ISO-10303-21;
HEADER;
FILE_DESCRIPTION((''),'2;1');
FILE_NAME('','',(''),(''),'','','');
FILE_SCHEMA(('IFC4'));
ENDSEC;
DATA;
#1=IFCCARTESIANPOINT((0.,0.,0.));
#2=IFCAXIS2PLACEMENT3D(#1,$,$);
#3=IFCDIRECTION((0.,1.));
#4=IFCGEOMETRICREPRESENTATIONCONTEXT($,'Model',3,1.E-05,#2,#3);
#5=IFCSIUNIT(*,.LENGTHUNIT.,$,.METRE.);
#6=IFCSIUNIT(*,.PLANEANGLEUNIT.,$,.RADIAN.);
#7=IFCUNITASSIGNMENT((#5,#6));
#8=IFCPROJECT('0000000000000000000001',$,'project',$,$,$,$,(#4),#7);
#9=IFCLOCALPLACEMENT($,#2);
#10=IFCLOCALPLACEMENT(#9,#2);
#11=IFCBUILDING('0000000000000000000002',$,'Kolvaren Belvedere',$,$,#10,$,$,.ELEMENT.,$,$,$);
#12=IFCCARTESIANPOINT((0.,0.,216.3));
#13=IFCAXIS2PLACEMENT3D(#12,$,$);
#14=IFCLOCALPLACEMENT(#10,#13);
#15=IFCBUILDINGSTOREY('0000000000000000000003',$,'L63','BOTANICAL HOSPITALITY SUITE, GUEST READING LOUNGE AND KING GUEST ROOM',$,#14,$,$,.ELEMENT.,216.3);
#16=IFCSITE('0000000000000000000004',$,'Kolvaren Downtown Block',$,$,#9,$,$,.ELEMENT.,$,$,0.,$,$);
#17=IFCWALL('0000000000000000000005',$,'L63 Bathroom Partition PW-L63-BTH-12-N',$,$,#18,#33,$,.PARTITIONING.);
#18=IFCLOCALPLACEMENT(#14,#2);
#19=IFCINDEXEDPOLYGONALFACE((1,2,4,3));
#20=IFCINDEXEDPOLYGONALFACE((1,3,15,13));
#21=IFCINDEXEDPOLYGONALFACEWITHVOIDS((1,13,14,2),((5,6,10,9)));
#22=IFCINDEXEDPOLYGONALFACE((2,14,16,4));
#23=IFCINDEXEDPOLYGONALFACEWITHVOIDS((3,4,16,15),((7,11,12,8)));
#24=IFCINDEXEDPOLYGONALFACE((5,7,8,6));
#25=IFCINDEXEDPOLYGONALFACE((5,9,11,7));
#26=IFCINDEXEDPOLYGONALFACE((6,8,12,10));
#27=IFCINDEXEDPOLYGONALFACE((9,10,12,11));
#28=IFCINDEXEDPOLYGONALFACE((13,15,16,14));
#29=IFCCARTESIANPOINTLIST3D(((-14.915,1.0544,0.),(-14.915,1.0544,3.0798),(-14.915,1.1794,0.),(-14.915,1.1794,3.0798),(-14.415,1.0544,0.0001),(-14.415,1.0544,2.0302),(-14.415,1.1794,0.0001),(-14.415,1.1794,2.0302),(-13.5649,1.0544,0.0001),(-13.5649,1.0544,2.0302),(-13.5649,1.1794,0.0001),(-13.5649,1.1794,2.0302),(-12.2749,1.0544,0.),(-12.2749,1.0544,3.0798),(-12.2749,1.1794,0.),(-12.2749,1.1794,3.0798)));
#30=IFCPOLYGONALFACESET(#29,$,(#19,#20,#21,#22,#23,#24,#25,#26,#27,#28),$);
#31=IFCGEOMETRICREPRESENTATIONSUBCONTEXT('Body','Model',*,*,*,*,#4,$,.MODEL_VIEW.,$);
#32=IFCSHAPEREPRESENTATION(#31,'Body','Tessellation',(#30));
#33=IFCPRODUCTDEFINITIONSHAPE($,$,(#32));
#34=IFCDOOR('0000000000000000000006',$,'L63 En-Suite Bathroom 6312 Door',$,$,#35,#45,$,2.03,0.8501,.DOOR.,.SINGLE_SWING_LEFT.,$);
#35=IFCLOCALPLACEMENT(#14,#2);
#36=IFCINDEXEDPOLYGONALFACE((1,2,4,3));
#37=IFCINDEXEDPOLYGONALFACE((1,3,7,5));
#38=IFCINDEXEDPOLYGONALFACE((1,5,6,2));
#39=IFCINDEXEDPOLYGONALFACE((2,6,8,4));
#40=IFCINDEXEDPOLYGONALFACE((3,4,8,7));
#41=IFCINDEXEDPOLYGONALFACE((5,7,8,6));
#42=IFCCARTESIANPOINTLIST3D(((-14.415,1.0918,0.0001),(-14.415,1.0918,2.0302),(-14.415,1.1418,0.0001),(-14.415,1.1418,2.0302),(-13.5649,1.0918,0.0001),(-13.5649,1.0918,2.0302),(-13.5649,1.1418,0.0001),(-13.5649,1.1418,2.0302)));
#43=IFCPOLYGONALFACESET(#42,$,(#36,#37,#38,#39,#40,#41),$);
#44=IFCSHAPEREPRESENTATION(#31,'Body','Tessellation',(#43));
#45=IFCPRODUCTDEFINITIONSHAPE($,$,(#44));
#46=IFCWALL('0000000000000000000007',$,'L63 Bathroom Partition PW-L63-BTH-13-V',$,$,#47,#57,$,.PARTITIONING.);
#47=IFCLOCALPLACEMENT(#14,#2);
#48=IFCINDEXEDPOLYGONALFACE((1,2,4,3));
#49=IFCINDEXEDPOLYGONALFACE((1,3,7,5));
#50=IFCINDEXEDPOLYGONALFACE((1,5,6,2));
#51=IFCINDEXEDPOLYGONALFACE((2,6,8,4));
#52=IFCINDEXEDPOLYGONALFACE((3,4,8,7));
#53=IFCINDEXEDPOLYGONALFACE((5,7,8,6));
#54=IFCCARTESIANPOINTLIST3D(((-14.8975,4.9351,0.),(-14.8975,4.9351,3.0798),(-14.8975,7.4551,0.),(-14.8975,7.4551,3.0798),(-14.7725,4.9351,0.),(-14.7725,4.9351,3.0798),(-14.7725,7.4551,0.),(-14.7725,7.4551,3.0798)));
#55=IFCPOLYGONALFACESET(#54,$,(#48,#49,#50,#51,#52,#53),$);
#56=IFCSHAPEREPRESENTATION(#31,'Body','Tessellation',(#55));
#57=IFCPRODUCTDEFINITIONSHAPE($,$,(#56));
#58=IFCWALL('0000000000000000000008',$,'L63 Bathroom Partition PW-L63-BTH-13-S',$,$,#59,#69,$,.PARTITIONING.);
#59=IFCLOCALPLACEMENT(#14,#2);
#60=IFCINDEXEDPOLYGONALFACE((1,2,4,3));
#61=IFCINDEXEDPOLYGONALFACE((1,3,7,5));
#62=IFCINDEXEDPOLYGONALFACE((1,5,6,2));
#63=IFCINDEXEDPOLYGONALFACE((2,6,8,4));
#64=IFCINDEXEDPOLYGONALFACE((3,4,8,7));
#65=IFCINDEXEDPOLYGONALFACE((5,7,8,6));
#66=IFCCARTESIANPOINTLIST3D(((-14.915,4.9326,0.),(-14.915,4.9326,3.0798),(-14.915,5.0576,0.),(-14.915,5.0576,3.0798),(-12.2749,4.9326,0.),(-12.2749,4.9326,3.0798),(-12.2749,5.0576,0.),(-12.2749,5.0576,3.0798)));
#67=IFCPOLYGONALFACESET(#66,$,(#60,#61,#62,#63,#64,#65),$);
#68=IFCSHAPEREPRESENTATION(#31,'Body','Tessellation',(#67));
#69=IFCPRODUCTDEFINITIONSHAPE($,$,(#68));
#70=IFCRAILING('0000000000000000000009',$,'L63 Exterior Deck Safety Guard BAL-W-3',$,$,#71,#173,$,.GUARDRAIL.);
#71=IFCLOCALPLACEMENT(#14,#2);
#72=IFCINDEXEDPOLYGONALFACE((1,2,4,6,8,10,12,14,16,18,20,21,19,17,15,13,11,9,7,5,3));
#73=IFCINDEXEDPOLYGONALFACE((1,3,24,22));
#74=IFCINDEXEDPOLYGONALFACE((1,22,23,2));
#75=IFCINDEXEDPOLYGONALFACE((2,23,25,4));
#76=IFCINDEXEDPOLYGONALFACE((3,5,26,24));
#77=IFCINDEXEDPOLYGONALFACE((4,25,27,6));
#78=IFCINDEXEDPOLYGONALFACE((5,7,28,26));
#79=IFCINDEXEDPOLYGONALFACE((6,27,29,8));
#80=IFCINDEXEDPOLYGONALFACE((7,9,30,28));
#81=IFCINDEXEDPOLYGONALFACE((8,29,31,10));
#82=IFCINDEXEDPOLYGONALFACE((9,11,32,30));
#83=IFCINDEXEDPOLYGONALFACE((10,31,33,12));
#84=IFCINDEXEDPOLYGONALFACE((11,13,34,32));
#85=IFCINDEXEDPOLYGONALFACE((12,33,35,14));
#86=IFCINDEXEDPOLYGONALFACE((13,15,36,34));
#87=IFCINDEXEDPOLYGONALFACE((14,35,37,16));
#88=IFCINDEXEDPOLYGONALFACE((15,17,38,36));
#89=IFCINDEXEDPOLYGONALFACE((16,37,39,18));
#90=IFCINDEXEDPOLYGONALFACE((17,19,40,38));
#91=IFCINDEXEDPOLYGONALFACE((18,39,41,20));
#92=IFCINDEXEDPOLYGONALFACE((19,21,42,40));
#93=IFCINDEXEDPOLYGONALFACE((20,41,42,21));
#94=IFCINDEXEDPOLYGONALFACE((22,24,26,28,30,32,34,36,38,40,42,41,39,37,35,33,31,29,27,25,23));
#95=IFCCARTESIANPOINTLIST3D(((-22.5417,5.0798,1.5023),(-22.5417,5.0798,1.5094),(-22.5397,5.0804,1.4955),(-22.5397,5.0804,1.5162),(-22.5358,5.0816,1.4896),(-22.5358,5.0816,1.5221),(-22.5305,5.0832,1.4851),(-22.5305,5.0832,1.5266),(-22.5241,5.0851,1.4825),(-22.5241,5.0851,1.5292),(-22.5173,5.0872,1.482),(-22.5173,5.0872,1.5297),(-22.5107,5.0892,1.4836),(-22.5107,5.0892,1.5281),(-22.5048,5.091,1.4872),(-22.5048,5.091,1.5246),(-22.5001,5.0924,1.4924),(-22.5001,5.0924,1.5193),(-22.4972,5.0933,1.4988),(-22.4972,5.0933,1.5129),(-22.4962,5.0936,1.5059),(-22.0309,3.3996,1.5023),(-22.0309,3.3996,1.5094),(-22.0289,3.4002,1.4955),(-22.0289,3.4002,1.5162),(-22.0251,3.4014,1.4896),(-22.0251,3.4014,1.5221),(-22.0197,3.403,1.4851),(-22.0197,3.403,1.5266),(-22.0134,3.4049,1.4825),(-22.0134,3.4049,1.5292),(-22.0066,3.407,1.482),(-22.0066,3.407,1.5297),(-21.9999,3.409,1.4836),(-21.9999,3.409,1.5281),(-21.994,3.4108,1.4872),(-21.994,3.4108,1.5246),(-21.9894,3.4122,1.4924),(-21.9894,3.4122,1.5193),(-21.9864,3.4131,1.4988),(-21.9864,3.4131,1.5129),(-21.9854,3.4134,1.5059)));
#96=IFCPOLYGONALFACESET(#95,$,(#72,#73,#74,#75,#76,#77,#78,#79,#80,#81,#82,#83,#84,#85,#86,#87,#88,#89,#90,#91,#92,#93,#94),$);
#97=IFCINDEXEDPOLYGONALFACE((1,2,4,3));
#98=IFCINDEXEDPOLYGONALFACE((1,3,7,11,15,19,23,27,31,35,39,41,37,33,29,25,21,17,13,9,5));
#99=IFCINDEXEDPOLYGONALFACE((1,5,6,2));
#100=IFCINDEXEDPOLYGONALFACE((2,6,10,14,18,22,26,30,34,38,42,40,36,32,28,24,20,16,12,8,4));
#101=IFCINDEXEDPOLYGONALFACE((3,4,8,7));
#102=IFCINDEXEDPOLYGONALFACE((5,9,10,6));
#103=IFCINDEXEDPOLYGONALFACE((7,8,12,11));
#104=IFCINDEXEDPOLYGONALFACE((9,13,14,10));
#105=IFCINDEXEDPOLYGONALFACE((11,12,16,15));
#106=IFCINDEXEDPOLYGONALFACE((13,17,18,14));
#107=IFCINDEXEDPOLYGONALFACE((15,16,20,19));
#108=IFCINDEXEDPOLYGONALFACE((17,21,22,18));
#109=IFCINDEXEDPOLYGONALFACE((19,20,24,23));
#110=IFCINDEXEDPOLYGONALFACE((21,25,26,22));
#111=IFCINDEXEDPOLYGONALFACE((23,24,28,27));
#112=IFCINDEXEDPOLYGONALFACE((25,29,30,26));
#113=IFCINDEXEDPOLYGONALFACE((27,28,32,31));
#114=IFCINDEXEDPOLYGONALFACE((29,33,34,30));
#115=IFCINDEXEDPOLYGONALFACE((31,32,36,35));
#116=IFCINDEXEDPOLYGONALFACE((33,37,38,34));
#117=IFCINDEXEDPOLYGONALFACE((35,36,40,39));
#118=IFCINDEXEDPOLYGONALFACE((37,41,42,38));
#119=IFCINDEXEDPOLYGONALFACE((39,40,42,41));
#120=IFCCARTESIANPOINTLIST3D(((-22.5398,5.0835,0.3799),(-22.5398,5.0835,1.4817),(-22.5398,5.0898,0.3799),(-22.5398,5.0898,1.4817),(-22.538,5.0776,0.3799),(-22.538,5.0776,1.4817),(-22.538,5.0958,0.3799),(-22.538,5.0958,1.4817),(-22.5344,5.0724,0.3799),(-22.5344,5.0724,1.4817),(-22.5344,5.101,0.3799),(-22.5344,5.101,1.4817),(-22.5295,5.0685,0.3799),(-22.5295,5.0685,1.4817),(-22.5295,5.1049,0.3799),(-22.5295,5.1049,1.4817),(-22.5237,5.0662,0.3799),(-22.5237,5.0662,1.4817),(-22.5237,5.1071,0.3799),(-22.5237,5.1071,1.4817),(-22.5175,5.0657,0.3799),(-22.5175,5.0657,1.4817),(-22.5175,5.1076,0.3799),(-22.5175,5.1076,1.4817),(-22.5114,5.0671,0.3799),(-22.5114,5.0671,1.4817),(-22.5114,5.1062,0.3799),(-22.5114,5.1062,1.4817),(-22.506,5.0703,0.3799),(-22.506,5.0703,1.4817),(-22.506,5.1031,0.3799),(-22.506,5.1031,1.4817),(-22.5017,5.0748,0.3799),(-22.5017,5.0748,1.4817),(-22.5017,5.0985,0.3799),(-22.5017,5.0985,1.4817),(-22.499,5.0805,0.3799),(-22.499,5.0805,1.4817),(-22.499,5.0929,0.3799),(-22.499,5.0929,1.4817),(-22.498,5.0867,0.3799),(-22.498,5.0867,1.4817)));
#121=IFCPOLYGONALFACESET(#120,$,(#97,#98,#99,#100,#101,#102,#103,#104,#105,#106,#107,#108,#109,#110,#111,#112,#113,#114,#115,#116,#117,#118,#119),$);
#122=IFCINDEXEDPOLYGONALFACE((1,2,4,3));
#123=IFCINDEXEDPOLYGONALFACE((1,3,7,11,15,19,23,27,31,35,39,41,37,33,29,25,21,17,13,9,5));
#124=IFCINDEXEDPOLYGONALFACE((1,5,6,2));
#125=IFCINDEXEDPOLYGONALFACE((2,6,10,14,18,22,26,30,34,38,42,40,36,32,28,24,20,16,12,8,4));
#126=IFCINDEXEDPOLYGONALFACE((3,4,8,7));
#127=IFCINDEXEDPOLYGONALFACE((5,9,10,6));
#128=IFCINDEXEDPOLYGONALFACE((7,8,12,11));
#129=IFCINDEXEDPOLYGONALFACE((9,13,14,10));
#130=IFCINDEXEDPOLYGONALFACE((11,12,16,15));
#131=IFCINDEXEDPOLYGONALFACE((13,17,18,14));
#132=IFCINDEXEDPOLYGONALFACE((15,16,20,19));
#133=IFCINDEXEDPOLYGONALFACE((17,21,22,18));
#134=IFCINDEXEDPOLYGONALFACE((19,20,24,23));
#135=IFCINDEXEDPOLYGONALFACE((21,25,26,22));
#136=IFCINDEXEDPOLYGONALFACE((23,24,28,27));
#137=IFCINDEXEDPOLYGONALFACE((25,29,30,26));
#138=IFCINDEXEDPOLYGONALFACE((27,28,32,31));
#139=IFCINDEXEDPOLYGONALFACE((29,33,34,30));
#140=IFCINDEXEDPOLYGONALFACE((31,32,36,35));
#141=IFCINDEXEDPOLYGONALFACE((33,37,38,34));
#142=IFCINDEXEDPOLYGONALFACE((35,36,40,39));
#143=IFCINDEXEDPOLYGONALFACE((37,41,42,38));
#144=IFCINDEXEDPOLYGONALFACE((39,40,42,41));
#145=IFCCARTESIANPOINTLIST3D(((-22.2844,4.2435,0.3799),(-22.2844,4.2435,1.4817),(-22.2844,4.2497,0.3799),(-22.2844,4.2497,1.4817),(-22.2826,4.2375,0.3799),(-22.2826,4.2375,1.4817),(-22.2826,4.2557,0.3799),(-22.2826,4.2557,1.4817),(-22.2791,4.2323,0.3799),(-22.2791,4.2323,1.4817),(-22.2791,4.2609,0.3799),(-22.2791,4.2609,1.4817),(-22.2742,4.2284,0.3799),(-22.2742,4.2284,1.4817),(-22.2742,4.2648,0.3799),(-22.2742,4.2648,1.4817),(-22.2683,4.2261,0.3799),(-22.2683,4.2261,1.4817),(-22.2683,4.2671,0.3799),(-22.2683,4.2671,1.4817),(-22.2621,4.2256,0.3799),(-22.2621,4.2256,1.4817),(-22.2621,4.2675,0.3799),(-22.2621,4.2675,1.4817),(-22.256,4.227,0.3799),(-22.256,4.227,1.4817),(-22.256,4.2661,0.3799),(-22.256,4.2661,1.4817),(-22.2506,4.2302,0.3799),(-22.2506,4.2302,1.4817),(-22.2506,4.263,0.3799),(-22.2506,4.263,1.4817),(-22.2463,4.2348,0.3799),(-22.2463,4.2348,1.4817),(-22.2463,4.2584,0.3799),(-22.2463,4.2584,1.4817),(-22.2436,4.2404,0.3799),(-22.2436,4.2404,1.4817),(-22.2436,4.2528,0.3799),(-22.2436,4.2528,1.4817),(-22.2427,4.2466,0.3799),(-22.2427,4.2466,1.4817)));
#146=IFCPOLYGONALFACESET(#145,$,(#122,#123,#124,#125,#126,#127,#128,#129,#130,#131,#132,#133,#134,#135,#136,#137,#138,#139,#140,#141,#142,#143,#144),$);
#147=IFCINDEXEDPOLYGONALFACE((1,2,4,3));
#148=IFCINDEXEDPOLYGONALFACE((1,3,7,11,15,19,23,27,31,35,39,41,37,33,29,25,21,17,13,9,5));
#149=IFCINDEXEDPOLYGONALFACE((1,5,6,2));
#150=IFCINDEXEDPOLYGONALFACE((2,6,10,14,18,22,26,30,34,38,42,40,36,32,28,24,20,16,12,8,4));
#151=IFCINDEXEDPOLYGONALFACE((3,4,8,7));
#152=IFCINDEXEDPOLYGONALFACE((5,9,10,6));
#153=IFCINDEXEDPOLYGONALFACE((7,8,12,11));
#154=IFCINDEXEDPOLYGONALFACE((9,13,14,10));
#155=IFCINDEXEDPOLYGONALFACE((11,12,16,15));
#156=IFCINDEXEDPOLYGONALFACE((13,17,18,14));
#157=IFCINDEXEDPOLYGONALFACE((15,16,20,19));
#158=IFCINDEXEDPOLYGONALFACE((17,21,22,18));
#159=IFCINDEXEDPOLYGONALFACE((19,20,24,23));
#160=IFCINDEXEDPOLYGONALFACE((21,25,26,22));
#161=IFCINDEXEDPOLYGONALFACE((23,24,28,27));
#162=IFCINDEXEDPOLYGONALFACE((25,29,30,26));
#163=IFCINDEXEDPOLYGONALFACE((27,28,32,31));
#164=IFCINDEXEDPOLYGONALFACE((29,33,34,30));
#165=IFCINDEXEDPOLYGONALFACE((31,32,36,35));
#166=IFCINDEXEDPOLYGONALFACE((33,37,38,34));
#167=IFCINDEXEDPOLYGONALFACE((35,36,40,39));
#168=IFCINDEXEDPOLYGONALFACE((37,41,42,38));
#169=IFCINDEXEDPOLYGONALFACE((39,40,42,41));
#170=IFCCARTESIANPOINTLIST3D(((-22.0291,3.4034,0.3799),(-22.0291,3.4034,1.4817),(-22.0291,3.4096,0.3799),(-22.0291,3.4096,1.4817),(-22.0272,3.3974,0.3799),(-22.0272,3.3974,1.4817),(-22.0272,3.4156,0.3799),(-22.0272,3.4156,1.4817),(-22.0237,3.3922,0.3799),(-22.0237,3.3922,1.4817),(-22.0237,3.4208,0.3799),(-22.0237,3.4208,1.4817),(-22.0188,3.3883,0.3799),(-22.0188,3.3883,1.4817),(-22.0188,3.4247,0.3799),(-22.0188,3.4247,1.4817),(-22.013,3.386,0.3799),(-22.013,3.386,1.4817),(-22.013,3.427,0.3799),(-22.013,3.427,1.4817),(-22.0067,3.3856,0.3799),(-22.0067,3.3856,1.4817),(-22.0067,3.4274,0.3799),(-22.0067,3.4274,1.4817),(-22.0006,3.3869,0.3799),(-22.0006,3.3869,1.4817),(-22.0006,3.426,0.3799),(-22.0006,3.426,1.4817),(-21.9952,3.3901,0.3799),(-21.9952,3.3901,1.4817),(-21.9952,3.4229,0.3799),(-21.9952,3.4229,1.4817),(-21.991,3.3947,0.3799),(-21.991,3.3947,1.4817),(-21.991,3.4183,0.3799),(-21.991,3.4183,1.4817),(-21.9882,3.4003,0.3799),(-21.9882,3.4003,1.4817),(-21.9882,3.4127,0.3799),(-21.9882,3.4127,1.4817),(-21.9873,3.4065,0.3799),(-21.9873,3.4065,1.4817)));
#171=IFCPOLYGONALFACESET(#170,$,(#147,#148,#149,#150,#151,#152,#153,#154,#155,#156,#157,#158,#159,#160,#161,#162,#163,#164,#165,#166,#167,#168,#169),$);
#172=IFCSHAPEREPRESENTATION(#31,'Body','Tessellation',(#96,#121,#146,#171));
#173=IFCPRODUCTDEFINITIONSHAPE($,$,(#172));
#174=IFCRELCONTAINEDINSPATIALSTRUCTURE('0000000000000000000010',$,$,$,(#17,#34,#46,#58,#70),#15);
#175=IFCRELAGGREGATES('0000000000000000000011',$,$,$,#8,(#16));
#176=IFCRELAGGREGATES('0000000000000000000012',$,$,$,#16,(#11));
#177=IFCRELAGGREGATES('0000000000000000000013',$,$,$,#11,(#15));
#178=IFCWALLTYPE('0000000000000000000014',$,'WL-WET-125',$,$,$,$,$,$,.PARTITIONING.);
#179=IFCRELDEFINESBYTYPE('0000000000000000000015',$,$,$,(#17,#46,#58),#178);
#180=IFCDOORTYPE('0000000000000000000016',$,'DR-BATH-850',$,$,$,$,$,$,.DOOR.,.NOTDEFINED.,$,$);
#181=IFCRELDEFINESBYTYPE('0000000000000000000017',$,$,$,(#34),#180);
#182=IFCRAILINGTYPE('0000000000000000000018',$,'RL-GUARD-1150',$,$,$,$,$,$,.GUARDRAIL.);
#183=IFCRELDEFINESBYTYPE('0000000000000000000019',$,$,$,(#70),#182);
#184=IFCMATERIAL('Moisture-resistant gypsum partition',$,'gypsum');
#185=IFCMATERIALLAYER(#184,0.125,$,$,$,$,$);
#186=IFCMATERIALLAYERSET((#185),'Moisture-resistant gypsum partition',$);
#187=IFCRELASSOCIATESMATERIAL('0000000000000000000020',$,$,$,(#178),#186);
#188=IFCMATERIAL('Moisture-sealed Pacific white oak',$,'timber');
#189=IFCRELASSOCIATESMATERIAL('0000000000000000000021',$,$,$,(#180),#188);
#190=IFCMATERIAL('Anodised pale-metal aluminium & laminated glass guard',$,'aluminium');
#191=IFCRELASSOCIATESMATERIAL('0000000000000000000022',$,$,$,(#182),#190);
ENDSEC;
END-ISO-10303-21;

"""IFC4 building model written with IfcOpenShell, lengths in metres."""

from ifc_helpers import new_model, si_unit, direction, frame, frame_2d, origin, origin_2d, place, context, subcontext, project, spatial, rectangle, circle, extrude, material, layer, layer_set, type_object, element, fill, save


model = new_model("IFC4")

# Units and contexts
model_context = context("Model", 3, precision=1e-05, world=origin(), true_north=direction((0.0, 1.0)))
body_context = subcontext(model_context, "Body", "Model", "MODEL_VIEW")
ifc_project = project(units=[si_unit("LENGTHUNIT", "METRE"), si_unit("PLANEANGLEUNIT", "RADIAN")], contexts=[model_context])

# Site, building, storey
site_placement = place(None, origin())
site = spatial("IfcSite", under=ifc_project, at=site_placement, Name="Kolvaren Downtown Block", CompositionType="ELEMENT", RefElevation=0.0)
building_placement = place(site_placement, origin())
building = spatial("IfcBuilding", under=site, at=building_placement, Name="Kolvaren Belvedere", CompositionType="ELEMENT")
storey_placement = place(building_placement, frame((0.0, 0.0, 216.3)))
storey = spatial("IfcBuildingStorey", under=building, at=storey_placement, Name="L63", Description="BOTANICAL HOSPITALITY SUITE, GUEST READING LOUNGE AND KING GUEST ROOM", CompositionType="ELEMENT", Elevation=216.3)

# Wall, opening, door
ifc_material_1 = material(Name="Moisture-resistant gypsum partition", Category="gypsum")
ifc_layer_1 = layer(ifc_material_1, 0.125)
ifc_layer_set_1 = layer_set([ifc_layer_1], Name="Moisture-resistant gypsum partition")
wall_type_1 = type_object("IfcWallType", Name="WL-WET-125", PredefinedType="PARTITIONING", material=ifc_layer_set_1)
wall_1_placement = place(storey_placement, frame((-14.915, 1.1169, 0.0), z_axis=(0.0, 0.0, 1.0), x_axis=(1.0, 0.0, 0.0)))
wall_1 = element("IfcWall", 1, at=wall_1_placement, inside=storey, type_object=wall_type_1, Name="L63 Bathroom Partition PW-L63-BTH-12-N", PredefinedType="PARTITIONING", context=body_context, shape_type="SweptSolid", body=[
    extrude(rectangle(XDim=2.6401, YDim=0.125, at=frame_2d((1.3201, 0.0))), origin(), (0.0, 0.0, 1.0), 3.0798),
])
opening_placement = place(wall_1_placement, frame((0.5, 0.0, 0.0)))
opening = element("IfcOpeningElement", 2, at=opening_placement, cuts=wall_1, PredefinedType="OPENING", context=body_context, shape_type="SweptSolid", body=[
    extrude(rectangle(XDim=0.8501, YDim=2.03, at=frame_2d((0.425, 1.0151))), frame((0.0, 0.0725, 0.0), z_axis=(0.0, -1.0, 0.0), x_axis=(1.0, 0.0, 0.0)), (0.0, 0.0, 1.0), 0.145),
])
ifc_material_2 = material(Name="Moisture-sealed Pacific white oak", Category="timber")
door_type = type_object("IfcDoorType", Name="DR-BATH-850", OperationType="NOTDEFINED", PredefinedType="DOOR", material=ifc_material_2)
door_placement = place(opening_placement, origin())
door = element("IfcDoor", 3, at=door_placement, inside=storey, type_object=door_type, Name="L63 En-Suite Bathroom 6312 Door", OperationType="SINGLE_SWING_LEFT", OverallHeight=2.03, OverallWidth=0.8501, PredefinedType="DOOR", context=body_context, shape_type="SweptSolid", body=[
    extrude(rectangle(XDim=0.8501, YDim=2.03, at=frame_2d((0.425, 1.0151))), frame((0.0, 0.0249, 0.0), z_axis=(0.0, -1.0, 0.0), x_axis=(1.0, 0.0, 0.0)), (0.0, 0.0, 1.0), 0.05),
])
fill(opening, door)

# Walls
wall_2_placement = place(storey_placement, frame((-14.835, 4.9351, 0.0), z_axis=(0.0, 0.0, 1.0), x_axis=(0.0, 1.0, 0.0)))
element("IfcWall", 4, at=wall_2_placement, inside=storey, type_object=wall_type_1, Name="L63 Bathroom Partition PW-L63-BTH-13-V", PredefinedType="PARTITIONING", context=body_context, shape_type="SweptSolid", body=[
    extrude(rectangle(XDim=2.52, YDim=0.125, at=frame_2d((1.26, 0.0))), origin(), (0.0, 0.0, 1.0), 3.0798),
])
wall_3_placement = place(storey_placement, frame((-14.915, 4.9951, 0.0), z_axis=(0.0, 0.0, 1.0), x_axis=(1.0, 0.0, 0.0)))
element("IfcWall", 5, at=wall_3_placement, inside=storey, type_object=wall_type_1, Name="L63 Bathroom Partition PW-L63-BTH-13-S", PredefinedType="PARTITIONING", context=body_context, shape_type="SweptSolid", body=[
    extrude(rectangle(XDim=2.6401, YDim=0.125, at=frame_2d((1.3201, 0.0))), origin(), (0.0, 0.0, 1.0), 3.0798),
])

# Railing
ifc_material_3 = material(Name="Anodised pale-metal aluminium & laminated glass guard", Category="aluminium")
railing_type = type_object("IfcRailingType", Name="RL-GUARD-1150", PredefinedType="GUARDRAIL", material=ifc_material_3)
railing_1_placement = place(storey_placement, frame((-22.519, 5.0867, 0.3799)))
element("IfcRailing", 6, at=railing_1_placement, inside=storey, type_object=railing_type, Name="L63 Exterior Deck Safety Guard BAL-W-3", PredefinedType="GUARDRAIL", context=body_context, shape_type="SweptSolid", body=[
    extrude(circle(Radius=0.0239, at=origin_2d()), frame((0.0, 0.0, 1.126), z_axis=(0.290841, -0.956771, 0.0), x_axis=(0.956771, 0.290841, 0.0)), (0.0, 0.0, 1.0), 1.7561),
    extrude(circle(Radius=0.021, at=origin_2d()), origin(), (0.0, 0.0, 1.0), 1.1018),
    extrude(circle(Radius=0.021, at=origin_2d()), frame((0.2554, -0.8401, 0.0)), (0.0, 0.0, 1.0), 1.1018),
    extrude(circle(Radius=0.021, at=origin_2d()), frame((0.5107, -1.6802, 0.0)), (0.0, 0.0, 1.0), 1.1018),
])

save(model, "model.ifc")
